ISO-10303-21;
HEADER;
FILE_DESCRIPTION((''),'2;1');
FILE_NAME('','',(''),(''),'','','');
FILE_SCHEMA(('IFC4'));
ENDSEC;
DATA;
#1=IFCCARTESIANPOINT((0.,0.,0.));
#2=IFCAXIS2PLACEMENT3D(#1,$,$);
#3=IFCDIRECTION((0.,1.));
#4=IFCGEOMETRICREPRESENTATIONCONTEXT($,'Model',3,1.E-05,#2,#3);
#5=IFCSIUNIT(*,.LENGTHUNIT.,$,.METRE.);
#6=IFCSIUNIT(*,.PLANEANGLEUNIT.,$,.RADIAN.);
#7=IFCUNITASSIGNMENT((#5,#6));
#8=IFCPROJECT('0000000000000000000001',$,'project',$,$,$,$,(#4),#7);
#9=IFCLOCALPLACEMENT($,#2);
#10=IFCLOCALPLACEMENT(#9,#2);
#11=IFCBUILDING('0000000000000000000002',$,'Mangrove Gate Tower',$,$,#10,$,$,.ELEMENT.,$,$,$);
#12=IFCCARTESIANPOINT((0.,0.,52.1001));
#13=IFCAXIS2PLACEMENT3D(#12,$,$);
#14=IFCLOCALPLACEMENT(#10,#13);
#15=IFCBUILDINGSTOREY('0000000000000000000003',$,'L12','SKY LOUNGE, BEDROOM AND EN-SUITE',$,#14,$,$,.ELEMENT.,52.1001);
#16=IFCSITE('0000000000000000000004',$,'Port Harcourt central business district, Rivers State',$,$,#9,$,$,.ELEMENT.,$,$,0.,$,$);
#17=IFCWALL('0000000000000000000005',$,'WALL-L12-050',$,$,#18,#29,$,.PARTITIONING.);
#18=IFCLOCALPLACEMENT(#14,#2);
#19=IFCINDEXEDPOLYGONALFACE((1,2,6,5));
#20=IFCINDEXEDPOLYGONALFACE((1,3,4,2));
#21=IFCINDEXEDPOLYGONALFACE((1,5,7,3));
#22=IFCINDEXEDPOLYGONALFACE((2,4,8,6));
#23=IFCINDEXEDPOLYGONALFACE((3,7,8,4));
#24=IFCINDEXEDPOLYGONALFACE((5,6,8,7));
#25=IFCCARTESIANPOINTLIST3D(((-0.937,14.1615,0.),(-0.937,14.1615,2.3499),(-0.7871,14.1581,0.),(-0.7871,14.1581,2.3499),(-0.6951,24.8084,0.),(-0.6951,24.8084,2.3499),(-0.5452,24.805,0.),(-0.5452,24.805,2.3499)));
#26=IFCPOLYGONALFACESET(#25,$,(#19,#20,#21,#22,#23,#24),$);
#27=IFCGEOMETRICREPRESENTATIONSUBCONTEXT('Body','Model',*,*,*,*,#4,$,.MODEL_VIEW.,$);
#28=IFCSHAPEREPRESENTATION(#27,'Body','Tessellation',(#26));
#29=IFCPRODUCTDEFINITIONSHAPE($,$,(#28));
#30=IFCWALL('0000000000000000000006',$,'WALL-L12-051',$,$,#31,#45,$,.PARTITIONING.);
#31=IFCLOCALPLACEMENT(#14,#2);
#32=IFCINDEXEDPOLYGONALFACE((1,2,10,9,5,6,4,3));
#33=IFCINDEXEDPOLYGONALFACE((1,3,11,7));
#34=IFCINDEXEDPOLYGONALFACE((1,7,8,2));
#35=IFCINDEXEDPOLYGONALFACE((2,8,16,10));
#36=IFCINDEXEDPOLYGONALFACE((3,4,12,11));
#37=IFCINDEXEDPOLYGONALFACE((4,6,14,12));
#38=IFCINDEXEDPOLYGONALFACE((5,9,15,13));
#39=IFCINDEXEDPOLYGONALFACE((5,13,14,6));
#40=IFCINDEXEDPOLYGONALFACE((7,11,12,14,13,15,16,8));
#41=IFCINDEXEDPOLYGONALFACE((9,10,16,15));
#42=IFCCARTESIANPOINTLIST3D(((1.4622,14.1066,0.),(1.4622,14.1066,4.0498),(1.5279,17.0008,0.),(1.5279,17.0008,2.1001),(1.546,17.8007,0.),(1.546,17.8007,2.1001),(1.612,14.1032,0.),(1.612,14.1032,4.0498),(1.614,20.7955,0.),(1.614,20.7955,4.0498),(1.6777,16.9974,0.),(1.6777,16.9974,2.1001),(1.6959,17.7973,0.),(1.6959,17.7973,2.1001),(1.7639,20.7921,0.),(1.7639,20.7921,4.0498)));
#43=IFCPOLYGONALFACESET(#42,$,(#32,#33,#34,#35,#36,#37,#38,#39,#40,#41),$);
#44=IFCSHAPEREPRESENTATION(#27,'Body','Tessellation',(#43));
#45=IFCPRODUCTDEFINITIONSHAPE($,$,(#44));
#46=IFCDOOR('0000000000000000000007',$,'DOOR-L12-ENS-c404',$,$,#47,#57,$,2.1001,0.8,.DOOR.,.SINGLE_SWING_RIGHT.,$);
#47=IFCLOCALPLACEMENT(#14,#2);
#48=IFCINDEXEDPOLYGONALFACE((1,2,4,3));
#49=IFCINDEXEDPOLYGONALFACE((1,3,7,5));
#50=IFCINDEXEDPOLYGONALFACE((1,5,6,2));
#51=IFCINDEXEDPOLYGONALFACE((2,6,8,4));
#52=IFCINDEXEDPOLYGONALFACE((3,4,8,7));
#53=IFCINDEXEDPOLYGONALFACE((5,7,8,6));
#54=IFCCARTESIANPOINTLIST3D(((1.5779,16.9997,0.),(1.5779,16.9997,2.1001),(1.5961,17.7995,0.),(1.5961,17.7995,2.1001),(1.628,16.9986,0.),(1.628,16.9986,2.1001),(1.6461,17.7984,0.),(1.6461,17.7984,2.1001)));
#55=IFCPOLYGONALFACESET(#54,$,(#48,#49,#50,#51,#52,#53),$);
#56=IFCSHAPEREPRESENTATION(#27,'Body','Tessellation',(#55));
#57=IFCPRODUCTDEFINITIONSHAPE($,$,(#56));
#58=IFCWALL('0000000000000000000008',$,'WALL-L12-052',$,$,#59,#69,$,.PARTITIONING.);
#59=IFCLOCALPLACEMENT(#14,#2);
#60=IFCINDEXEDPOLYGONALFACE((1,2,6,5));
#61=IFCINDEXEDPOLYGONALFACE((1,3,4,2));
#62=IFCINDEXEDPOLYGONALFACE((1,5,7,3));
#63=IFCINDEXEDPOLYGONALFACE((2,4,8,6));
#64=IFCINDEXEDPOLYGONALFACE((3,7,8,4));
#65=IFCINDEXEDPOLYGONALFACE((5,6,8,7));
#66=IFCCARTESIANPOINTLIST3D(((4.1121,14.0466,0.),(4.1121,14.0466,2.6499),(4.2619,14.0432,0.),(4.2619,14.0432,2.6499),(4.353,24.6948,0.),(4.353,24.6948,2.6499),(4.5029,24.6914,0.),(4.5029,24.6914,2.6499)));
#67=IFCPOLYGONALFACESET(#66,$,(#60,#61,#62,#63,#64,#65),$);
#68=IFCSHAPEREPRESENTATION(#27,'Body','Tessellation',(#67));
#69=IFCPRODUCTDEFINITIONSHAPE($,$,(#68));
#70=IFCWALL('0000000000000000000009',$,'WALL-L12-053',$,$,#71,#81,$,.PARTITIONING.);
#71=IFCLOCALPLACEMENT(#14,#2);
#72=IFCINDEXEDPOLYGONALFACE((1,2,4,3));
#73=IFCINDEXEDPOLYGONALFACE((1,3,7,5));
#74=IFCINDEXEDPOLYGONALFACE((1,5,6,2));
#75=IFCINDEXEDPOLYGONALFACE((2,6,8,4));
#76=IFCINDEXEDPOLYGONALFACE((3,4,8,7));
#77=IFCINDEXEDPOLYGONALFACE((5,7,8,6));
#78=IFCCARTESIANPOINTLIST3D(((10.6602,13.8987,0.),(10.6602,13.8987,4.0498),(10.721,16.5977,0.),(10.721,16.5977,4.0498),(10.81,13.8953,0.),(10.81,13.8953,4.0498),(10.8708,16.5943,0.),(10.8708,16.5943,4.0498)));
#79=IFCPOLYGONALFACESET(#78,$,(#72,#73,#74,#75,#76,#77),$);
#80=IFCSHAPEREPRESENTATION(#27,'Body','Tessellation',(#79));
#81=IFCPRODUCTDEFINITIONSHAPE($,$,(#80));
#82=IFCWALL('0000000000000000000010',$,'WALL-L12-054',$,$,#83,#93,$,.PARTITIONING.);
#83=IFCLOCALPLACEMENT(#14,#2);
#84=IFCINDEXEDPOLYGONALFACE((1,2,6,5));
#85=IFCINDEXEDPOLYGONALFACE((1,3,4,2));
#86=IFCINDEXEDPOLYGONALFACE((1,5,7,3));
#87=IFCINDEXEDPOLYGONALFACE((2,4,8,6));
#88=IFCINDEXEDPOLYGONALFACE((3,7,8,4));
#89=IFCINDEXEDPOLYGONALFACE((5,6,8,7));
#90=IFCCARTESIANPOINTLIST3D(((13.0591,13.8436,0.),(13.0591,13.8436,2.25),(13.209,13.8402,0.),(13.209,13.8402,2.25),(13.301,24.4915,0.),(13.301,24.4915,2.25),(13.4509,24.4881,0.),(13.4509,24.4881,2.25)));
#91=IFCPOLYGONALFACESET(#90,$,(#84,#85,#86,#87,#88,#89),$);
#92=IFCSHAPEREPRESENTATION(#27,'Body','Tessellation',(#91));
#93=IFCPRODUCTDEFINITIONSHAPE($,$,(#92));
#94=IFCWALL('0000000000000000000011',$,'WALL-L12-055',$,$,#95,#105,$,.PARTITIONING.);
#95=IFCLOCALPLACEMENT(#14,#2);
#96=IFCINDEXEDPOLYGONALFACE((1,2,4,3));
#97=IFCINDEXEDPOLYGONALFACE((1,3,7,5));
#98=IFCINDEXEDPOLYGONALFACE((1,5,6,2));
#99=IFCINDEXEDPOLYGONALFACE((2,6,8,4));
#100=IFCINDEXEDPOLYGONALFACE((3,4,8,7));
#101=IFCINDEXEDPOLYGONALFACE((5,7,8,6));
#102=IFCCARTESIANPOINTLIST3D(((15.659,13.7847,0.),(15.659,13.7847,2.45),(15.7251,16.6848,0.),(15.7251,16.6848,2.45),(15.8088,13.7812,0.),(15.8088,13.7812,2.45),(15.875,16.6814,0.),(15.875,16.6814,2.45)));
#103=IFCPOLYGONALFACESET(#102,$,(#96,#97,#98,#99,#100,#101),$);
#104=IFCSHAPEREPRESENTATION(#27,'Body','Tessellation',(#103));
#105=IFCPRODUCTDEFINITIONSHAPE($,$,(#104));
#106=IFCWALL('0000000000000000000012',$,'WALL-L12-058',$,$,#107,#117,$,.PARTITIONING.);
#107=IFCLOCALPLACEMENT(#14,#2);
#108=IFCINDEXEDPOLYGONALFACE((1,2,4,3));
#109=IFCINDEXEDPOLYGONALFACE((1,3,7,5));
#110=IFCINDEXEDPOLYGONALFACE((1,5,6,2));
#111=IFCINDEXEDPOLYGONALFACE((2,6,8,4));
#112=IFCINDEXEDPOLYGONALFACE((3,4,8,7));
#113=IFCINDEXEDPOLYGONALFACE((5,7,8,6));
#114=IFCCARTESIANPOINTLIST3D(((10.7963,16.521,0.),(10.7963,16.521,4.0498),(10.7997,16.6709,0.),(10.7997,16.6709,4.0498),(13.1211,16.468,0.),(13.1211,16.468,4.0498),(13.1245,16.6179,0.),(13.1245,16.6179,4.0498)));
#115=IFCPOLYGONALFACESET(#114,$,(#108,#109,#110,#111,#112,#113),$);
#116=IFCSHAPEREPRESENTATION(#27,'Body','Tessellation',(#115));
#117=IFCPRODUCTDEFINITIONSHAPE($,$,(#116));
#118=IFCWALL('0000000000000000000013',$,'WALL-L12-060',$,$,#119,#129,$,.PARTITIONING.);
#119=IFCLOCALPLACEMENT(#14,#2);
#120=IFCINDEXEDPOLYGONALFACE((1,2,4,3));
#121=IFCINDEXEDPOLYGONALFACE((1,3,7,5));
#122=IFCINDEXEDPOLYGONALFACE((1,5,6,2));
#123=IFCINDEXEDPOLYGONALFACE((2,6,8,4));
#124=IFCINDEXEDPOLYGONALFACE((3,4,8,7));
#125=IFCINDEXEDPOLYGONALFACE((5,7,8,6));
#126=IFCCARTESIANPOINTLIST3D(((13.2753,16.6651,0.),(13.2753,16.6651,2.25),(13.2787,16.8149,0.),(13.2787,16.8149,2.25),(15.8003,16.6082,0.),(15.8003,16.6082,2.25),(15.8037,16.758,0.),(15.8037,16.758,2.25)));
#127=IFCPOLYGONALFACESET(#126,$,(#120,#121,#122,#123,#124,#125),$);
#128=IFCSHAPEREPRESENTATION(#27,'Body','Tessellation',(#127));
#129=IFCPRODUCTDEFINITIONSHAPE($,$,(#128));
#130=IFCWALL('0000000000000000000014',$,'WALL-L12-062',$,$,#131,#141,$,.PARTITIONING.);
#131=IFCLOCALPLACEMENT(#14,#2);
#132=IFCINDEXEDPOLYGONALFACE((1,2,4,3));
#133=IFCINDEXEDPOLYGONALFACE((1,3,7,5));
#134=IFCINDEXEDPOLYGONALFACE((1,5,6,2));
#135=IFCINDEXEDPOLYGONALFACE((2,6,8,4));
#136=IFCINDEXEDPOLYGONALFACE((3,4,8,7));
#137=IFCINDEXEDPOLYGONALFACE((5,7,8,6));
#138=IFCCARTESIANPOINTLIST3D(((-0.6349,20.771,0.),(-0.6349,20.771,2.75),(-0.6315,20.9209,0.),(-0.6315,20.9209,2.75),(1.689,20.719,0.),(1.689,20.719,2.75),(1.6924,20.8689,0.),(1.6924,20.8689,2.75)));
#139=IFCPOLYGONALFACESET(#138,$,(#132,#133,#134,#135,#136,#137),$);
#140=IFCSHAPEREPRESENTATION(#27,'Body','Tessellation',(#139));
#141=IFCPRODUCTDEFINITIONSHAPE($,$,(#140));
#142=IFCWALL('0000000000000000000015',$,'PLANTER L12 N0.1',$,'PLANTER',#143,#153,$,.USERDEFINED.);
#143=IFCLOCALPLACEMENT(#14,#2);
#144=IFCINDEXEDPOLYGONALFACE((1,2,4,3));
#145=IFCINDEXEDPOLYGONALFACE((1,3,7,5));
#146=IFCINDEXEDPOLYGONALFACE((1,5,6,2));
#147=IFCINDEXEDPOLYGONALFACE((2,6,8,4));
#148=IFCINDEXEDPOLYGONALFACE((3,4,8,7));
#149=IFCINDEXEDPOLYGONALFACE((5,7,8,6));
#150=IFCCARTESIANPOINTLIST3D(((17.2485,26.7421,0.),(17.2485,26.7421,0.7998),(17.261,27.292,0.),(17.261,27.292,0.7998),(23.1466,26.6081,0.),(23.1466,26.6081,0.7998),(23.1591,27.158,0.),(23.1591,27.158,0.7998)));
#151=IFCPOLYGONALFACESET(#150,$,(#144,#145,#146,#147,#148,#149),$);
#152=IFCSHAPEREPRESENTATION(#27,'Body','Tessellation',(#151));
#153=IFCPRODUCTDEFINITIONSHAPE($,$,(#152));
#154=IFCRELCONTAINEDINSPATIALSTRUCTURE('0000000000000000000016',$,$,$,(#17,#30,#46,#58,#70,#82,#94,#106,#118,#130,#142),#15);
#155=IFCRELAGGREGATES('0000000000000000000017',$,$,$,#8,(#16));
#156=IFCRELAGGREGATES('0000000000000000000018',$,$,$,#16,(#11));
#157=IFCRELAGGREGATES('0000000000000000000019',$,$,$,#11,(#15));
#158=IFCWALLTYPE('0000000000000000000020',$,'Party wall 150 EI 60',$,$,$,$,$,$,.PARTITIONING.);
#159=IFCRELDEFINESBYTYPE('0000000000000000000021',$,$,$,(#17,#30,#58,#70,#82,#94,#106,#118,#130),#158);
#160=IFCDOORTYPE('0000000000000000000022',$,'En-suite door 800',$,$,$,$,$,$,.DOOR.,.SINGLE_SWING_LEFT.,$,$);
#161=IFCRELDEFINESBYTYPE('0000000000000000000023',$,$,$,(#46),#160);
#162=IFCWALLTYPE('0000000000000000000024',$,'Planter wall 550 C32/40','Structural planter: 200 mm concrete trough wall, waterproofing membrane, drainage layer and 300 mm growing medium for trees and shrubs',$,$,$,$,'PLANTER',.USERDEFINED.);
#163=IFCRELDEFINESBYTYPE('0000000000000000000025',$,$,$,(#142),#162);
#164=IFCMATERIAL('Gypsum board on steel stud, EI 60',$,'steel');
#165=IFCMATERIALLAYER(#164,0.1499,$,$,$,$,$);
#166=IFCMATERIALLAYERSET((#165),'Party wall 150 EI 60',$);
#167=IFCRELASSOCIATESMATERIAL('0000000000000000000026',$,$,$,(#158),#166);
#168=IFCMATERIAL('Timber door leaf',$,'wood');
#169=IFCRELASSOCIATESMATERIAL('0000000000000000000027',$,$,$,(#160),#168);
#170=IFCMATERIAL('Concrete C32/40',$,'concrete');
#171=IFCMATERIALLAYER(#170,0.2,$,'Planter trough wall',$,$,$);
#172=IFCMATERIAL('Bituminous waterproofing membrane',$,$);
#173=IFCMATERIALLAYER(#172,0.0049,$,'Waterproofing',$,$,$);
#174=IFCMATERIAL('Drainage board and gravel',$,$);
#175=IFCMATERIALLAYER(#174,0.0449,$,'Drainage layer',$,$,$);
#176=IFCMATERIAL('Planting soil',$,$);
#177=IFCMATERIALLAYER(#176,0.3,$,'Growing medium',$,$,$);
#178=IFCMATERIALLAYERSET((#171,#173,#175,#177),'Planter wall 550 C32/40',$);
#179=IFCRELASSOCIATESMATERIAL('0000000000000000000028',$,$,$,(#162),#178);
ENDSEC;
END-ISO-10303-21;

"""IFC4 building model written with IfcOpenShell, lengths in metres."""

from ifc_helpers import new_model, si_unit, direction, frame, frame_2d, origin, place, context, subcontext, project, spatial, rectangle, extrude, material, layer, layer_set, type_object, element, fill, save


model = new_model("IFC4")

# Units and contexts
model_context = context("Model", 3, precision=1e-05, world=origin(), true_north=direction((0.0, 1.0)))
body_context = subcontext(model_context, "Body", "Model", "MODEL_VIEW")
ifc_project = project(units=[si_unit("LENGTHUNIT", "METRE"), si_unit("PLANEANGLEUNIT", "RADIAN")], contexts=[model_context])

# Site, building, storey
site_placement = place(None, origin())
site = spatial("IfcSite", under=ifc_project, at=site_placement, Name="Port Harcourt central business district, Rivers State", CompositionType="ELEMENT", RefElevation=0.0)
building_placement = place(site_placement, origin())
building = spatial("IfcBuilding", under=site, at=building_placement, Name="Mangrove Gate Tower", CompositionType="ELEMENT")
storey_placement = place(building_placement, frame((0.0, 0.0, 52.1001)))
storey = spatial("IfcBuildingStorey", under=building, at=storey_placement, Name="L12", Description="SKY LOUNGE, BEDROOM AND EN-SUITE", CompositionType="ELEMENT", Elevation=52.1001)

# Wall
ifc_material_1 = material(Name="Concrete C32/40", Category="concrete")
ifc_material_2 = material(Name="Gypsum board on steel stud, EI 60", Category="steel")
ifc_layer_1 = layer(ifc_material_2, 0.1499)
ifc_layer_set_1 = layer_set([ifc_layer_1], Name="Party wall 150 EI 60")
wall_type_1 = type_object("IfcWallType", Name="Party wall 150 EI 60", PredefinedType="PARTITIONING", material=ifc_layer_set_1)
wall_1_placement = place(storey_placement, frame((-0.8621, 14.1599, 0.0), z_axis=(0.0, 0.0, 1.0), x_axis=(0.022718, 0.999742, 0.0)))
element("IfcWall", 1, at=wall_1_placement, inside=storey, type_object=wall_type_1, Name="WALL-L12-050", PredefinedType="PARTITIONING", context=body_context, shape_type="SweptSolid", body=[
    extrude(rectangle(XDim=10.6497, YDim=0.1499, at=frame_2d((5.3247, 0.0))), origin(), (0.0, 0.0, 1.0), 2.3499),
])

# Wall, opening, door
wall_2_placement = place(storey_placement, frame((1.5371, 14.105, 0.0), z_axis=(0.0, 0.0, 1.0), x_axis=(0.022697, 0.999742, 0.0)))
wall_2 = element("IfcWall", 2, at=wall_2_placement, inside=storey, type_object=wall_type_1, Name="WALL-L12-051", PredefinedType="PARTITIONING", context=body_context, shape_type="SweptSolid", body=[
    extrude(rectangle(XDim=6.6907, YDim=0.1499, at=frame_2d((3.3452, 0.0))), origin(), (0.0, 0.0, 1.0), 4.0498),
])
opening_placement = place(wall_2_placement, frame((2.895, 0.0, 0.0)))
opening = element("IfcOpeningElement", 3, at=opening_placement, cuts=wall_2, PredefinedType="OPENING", context=body_context, shape_type="SweptSolid", body=[
    extrude(rectangle(XDim=0.8, YDim=2.1001, at=frame_2d((0.3999, 1.05))), frame((0.0, 0.085, 0.0), z_axis=(0.0, -1.0, 0.0), x_axis=(1.0, 0.0, 0.0)), (0.0, 0.0, 1.0), 0.1699),
])
ifc_material_3 = material(Name="Timber door leaf", Category="wood")
door_type = type_object("IfcDoorType", Name="En-suite door 800", OperationType="SINGLE_SWING_LEFT", PredefinedType="DOOR", material=ifc_material_3)
door_placement = place(opening_placement, origin())
door = element("IfcDoor", 4, at=door_placement, inside=storey, type_object=door_type, Name="DOOR-L12-ENS-c404", OperationType="SINGLE_SWING_RIGHT", OverallHeight=2.1001, OverallWidth=0.8, PredefinedType="DOOR", context=body_context, shape_type="SweptSolid", body=[
    extrude(rectangle(XDim=0.8, YDim=2.1001, at=frame_2d((0.3999, 1.05))), frame((0.0, 0.0249, 0.0), z_axis=(0.0, -1.0, 0.0), x_axis=(1.0, 0.0, 0.0)), (0.0, 0.0, 1.0), 0.05),
])
fill(opening, door)

# Walls
wall_3_placement = place(storey_placement, frame((4.187, 14.0449, 0.0), z_axis=(0.0, 0.0, 1.0), x_axis=(0.022624, 0.999744, 0.0)))
element("IfcWall", 5, at=wall_3_placement, inside=storey, type_object=wall_type_1, Name="WALL-L12-052", PredefinedType="PARTITIONING", context=body_context, shape_type="SweptSolid", body=[
    extrude(rectangle(XDim=10.6509, YDim=0.1499, at=frame_2d((5.3254, 0.0))), origin(), (0.0, 0.0, 1.0), 2.6499),
])
wall_4_placement = place(storey_placement, frame((10.7351, 13.897, 0.0), z_axis=(0.0, 0.0, 1.0), x_axis=(0.022518, 0.999746, 0.0)))
element("IfcWall", 6, at=wall_4_placement, inside=storey, type_object=wall_type_1, Name="WALL-L12-053", PredefinedType="PARTITIONING", context=body_context, shape_type="SweptSolid", body=[
    extrude(rectangle(XDim=2.6997, YDim=0.1499, at=frame_2d((1.3499, 0.0))), origin(), (0.0, 0.0, 1.0), 4.0498),
])
wall_5_placement = place(storey_placement, frame((13.134, 13.842, 0.0), z_axis=(0.0, 0.0, 1.0), x_axis=(0.022716, 0.999742, 0.0)))
element("IfcWall", 7, at=wall_5_placement, inside=storey, type_object=wall_type_1, Name="WALL-L12-054", PredefinedType="PARTITIONING", context=body_context, shape_type="SweptSolid", body=[
    extrude(rectangle(XDim=10.6506, YDim=0.1499, at=frame_2d((5.3252, 0.0))), origin(), (0.0, 0.0, 1.0), 2.25),
])
wall_6_placement = place(storey_placement, frame((15.7339, 13.783, 0.0), z_axis=(0.0, 0.0, 1.0), x_axis=(0.022807, 0.99974, 0.0)))
element("IfcWall", 8, at=wall_6_placement, inside=storey, type_object=wall_type_1, Name="WALL-L12-055", PredefinedType="PARTITIONING", context=body_context, shape_type="SweptSolid", body=[
    extrude(rectangle(XDim=2.9009, YDim=0.1499, at=frame_2d((1.4504, 0.0))), origin(), (0.0, 0.0, 1.0), 2.45),
])
wall_7_placement = place(storey_placement, frame((10.7981, 16.5959, 0.0), z_axis=(0.0, 0.0, 1.0), x_axis=(0.99974, -0.022781, 0.0)))
element("IfcWall", 9, at=wall_7_placement, inside=storey, type_object=wall_type_1, Name="WALL-L12-058", PredefinedType="PARTITIONING", context=body_context, shape_type="SweptSolid", body=[
    extrude(rectangle(XDim=2.3254, YDim=0.1499, at=frame_2d((1.1626, 0.0))), origin(), (0.0, 0.0, 1.0), 4.0498),
])
wall_8_placement = place(storey_placement, frame((13.2771, 16.74, 0.0), z_axis=(0.0, 0.0, 1.0), x_axis=(0.999746, -0.022524, 0.0)))
element("IfcWall", 10, at=wall_8_placement, inside=storey, type_object=wall_type_1, Name="WALL-L12-060", PredefinedType="PARTITIONING", context=body_context, shape_type="SweptSolid", body=[
    extrude(rectangle(XDim=2.5256, YDim=0.1499, at=frame_2d((1.2627, 0.0))), origin(), (0.0, 0.0, 1.0), 2.25),
])
wall_9_placement = place(storey_placement, frame((-0.6331, 20.8459, 0.0), z_axis=(0.0, 0.0, 1.0), x_axis=(0.99975, -0.022371, 0.0)))
element("IfcWall", 11, at=wall_9_placement, inside=storey, type_object=wall_type_1, Name="WALL-L12-062", PredefinedType="PARTITIONING", context=body_context, shape_type="SweptSolid", body=[
    extrude(rectangle(XDim=2.3245, YDim=0.1499, at=frame_2d((1.1621, 0.0))), origin(), (0.0, 0.0, 1.0), 2.75),
])
ifc_layer_2 = layer(ifc_material_1, 0.2, Name="Planter trough wall")
ifc_material_4 = material(Name="Bituminous waterproofing membrane")
ifc_layer_3 = layer(ifc_material_4, 0.0049, Name="Waterproofing")
ifc_material_5 = material(Name="Drainage board and gravel")
ifc_layer_4 = layer(ifc_material_5, 0.0449, Name="Drainage layer")
ifc_material_6 = material(Name="Planting soil")
ifc_layer_5 = layer(ifc_material_6, 0.3, Name="Growing medium")
ifc_layer_set_2 = layer_set([ifc_layer_2, ifc_layer_3, ifc_layer_4, ifc_layer_5], Name="Planter wall 550 C32/40")
wall_type_2 = type_object("IfcWallType", Name="Planter wall 550 C32/40", Description="Structural planter: 200 mm concrete trough wall, waterproofing membrane, drainage layer and 300 mm growing medium for trees and shrubs", ElementType="PLANTER", PredefinedType="USERDEFINED", material=ifc_layer_set_2)
wall_10_placement = place(storey_placement, frame((17.2549, 27.0171, 0.0), z_axis=(0.0, 0.0, 1.0), x_axis=(0.999742, -0.022719, 0.0)))
element("IfcWall", 12, at=wall_10_placement, inside=storey, type_object=wall_type_2, Name="PLANTER L12 N0.1", ObjectType="PLANTER", PredefinedType="USERDEFINED", context=body_context, shape_type="SweptSolid", body=[
    extrude(rectangle(XDim=5.8997, YDim=0.55, at=frame_2d((2.9497, 0.0))), origin(), (0.0, 0.0, 1.0), 0.7998),
])

save(model, "model.ifc")
